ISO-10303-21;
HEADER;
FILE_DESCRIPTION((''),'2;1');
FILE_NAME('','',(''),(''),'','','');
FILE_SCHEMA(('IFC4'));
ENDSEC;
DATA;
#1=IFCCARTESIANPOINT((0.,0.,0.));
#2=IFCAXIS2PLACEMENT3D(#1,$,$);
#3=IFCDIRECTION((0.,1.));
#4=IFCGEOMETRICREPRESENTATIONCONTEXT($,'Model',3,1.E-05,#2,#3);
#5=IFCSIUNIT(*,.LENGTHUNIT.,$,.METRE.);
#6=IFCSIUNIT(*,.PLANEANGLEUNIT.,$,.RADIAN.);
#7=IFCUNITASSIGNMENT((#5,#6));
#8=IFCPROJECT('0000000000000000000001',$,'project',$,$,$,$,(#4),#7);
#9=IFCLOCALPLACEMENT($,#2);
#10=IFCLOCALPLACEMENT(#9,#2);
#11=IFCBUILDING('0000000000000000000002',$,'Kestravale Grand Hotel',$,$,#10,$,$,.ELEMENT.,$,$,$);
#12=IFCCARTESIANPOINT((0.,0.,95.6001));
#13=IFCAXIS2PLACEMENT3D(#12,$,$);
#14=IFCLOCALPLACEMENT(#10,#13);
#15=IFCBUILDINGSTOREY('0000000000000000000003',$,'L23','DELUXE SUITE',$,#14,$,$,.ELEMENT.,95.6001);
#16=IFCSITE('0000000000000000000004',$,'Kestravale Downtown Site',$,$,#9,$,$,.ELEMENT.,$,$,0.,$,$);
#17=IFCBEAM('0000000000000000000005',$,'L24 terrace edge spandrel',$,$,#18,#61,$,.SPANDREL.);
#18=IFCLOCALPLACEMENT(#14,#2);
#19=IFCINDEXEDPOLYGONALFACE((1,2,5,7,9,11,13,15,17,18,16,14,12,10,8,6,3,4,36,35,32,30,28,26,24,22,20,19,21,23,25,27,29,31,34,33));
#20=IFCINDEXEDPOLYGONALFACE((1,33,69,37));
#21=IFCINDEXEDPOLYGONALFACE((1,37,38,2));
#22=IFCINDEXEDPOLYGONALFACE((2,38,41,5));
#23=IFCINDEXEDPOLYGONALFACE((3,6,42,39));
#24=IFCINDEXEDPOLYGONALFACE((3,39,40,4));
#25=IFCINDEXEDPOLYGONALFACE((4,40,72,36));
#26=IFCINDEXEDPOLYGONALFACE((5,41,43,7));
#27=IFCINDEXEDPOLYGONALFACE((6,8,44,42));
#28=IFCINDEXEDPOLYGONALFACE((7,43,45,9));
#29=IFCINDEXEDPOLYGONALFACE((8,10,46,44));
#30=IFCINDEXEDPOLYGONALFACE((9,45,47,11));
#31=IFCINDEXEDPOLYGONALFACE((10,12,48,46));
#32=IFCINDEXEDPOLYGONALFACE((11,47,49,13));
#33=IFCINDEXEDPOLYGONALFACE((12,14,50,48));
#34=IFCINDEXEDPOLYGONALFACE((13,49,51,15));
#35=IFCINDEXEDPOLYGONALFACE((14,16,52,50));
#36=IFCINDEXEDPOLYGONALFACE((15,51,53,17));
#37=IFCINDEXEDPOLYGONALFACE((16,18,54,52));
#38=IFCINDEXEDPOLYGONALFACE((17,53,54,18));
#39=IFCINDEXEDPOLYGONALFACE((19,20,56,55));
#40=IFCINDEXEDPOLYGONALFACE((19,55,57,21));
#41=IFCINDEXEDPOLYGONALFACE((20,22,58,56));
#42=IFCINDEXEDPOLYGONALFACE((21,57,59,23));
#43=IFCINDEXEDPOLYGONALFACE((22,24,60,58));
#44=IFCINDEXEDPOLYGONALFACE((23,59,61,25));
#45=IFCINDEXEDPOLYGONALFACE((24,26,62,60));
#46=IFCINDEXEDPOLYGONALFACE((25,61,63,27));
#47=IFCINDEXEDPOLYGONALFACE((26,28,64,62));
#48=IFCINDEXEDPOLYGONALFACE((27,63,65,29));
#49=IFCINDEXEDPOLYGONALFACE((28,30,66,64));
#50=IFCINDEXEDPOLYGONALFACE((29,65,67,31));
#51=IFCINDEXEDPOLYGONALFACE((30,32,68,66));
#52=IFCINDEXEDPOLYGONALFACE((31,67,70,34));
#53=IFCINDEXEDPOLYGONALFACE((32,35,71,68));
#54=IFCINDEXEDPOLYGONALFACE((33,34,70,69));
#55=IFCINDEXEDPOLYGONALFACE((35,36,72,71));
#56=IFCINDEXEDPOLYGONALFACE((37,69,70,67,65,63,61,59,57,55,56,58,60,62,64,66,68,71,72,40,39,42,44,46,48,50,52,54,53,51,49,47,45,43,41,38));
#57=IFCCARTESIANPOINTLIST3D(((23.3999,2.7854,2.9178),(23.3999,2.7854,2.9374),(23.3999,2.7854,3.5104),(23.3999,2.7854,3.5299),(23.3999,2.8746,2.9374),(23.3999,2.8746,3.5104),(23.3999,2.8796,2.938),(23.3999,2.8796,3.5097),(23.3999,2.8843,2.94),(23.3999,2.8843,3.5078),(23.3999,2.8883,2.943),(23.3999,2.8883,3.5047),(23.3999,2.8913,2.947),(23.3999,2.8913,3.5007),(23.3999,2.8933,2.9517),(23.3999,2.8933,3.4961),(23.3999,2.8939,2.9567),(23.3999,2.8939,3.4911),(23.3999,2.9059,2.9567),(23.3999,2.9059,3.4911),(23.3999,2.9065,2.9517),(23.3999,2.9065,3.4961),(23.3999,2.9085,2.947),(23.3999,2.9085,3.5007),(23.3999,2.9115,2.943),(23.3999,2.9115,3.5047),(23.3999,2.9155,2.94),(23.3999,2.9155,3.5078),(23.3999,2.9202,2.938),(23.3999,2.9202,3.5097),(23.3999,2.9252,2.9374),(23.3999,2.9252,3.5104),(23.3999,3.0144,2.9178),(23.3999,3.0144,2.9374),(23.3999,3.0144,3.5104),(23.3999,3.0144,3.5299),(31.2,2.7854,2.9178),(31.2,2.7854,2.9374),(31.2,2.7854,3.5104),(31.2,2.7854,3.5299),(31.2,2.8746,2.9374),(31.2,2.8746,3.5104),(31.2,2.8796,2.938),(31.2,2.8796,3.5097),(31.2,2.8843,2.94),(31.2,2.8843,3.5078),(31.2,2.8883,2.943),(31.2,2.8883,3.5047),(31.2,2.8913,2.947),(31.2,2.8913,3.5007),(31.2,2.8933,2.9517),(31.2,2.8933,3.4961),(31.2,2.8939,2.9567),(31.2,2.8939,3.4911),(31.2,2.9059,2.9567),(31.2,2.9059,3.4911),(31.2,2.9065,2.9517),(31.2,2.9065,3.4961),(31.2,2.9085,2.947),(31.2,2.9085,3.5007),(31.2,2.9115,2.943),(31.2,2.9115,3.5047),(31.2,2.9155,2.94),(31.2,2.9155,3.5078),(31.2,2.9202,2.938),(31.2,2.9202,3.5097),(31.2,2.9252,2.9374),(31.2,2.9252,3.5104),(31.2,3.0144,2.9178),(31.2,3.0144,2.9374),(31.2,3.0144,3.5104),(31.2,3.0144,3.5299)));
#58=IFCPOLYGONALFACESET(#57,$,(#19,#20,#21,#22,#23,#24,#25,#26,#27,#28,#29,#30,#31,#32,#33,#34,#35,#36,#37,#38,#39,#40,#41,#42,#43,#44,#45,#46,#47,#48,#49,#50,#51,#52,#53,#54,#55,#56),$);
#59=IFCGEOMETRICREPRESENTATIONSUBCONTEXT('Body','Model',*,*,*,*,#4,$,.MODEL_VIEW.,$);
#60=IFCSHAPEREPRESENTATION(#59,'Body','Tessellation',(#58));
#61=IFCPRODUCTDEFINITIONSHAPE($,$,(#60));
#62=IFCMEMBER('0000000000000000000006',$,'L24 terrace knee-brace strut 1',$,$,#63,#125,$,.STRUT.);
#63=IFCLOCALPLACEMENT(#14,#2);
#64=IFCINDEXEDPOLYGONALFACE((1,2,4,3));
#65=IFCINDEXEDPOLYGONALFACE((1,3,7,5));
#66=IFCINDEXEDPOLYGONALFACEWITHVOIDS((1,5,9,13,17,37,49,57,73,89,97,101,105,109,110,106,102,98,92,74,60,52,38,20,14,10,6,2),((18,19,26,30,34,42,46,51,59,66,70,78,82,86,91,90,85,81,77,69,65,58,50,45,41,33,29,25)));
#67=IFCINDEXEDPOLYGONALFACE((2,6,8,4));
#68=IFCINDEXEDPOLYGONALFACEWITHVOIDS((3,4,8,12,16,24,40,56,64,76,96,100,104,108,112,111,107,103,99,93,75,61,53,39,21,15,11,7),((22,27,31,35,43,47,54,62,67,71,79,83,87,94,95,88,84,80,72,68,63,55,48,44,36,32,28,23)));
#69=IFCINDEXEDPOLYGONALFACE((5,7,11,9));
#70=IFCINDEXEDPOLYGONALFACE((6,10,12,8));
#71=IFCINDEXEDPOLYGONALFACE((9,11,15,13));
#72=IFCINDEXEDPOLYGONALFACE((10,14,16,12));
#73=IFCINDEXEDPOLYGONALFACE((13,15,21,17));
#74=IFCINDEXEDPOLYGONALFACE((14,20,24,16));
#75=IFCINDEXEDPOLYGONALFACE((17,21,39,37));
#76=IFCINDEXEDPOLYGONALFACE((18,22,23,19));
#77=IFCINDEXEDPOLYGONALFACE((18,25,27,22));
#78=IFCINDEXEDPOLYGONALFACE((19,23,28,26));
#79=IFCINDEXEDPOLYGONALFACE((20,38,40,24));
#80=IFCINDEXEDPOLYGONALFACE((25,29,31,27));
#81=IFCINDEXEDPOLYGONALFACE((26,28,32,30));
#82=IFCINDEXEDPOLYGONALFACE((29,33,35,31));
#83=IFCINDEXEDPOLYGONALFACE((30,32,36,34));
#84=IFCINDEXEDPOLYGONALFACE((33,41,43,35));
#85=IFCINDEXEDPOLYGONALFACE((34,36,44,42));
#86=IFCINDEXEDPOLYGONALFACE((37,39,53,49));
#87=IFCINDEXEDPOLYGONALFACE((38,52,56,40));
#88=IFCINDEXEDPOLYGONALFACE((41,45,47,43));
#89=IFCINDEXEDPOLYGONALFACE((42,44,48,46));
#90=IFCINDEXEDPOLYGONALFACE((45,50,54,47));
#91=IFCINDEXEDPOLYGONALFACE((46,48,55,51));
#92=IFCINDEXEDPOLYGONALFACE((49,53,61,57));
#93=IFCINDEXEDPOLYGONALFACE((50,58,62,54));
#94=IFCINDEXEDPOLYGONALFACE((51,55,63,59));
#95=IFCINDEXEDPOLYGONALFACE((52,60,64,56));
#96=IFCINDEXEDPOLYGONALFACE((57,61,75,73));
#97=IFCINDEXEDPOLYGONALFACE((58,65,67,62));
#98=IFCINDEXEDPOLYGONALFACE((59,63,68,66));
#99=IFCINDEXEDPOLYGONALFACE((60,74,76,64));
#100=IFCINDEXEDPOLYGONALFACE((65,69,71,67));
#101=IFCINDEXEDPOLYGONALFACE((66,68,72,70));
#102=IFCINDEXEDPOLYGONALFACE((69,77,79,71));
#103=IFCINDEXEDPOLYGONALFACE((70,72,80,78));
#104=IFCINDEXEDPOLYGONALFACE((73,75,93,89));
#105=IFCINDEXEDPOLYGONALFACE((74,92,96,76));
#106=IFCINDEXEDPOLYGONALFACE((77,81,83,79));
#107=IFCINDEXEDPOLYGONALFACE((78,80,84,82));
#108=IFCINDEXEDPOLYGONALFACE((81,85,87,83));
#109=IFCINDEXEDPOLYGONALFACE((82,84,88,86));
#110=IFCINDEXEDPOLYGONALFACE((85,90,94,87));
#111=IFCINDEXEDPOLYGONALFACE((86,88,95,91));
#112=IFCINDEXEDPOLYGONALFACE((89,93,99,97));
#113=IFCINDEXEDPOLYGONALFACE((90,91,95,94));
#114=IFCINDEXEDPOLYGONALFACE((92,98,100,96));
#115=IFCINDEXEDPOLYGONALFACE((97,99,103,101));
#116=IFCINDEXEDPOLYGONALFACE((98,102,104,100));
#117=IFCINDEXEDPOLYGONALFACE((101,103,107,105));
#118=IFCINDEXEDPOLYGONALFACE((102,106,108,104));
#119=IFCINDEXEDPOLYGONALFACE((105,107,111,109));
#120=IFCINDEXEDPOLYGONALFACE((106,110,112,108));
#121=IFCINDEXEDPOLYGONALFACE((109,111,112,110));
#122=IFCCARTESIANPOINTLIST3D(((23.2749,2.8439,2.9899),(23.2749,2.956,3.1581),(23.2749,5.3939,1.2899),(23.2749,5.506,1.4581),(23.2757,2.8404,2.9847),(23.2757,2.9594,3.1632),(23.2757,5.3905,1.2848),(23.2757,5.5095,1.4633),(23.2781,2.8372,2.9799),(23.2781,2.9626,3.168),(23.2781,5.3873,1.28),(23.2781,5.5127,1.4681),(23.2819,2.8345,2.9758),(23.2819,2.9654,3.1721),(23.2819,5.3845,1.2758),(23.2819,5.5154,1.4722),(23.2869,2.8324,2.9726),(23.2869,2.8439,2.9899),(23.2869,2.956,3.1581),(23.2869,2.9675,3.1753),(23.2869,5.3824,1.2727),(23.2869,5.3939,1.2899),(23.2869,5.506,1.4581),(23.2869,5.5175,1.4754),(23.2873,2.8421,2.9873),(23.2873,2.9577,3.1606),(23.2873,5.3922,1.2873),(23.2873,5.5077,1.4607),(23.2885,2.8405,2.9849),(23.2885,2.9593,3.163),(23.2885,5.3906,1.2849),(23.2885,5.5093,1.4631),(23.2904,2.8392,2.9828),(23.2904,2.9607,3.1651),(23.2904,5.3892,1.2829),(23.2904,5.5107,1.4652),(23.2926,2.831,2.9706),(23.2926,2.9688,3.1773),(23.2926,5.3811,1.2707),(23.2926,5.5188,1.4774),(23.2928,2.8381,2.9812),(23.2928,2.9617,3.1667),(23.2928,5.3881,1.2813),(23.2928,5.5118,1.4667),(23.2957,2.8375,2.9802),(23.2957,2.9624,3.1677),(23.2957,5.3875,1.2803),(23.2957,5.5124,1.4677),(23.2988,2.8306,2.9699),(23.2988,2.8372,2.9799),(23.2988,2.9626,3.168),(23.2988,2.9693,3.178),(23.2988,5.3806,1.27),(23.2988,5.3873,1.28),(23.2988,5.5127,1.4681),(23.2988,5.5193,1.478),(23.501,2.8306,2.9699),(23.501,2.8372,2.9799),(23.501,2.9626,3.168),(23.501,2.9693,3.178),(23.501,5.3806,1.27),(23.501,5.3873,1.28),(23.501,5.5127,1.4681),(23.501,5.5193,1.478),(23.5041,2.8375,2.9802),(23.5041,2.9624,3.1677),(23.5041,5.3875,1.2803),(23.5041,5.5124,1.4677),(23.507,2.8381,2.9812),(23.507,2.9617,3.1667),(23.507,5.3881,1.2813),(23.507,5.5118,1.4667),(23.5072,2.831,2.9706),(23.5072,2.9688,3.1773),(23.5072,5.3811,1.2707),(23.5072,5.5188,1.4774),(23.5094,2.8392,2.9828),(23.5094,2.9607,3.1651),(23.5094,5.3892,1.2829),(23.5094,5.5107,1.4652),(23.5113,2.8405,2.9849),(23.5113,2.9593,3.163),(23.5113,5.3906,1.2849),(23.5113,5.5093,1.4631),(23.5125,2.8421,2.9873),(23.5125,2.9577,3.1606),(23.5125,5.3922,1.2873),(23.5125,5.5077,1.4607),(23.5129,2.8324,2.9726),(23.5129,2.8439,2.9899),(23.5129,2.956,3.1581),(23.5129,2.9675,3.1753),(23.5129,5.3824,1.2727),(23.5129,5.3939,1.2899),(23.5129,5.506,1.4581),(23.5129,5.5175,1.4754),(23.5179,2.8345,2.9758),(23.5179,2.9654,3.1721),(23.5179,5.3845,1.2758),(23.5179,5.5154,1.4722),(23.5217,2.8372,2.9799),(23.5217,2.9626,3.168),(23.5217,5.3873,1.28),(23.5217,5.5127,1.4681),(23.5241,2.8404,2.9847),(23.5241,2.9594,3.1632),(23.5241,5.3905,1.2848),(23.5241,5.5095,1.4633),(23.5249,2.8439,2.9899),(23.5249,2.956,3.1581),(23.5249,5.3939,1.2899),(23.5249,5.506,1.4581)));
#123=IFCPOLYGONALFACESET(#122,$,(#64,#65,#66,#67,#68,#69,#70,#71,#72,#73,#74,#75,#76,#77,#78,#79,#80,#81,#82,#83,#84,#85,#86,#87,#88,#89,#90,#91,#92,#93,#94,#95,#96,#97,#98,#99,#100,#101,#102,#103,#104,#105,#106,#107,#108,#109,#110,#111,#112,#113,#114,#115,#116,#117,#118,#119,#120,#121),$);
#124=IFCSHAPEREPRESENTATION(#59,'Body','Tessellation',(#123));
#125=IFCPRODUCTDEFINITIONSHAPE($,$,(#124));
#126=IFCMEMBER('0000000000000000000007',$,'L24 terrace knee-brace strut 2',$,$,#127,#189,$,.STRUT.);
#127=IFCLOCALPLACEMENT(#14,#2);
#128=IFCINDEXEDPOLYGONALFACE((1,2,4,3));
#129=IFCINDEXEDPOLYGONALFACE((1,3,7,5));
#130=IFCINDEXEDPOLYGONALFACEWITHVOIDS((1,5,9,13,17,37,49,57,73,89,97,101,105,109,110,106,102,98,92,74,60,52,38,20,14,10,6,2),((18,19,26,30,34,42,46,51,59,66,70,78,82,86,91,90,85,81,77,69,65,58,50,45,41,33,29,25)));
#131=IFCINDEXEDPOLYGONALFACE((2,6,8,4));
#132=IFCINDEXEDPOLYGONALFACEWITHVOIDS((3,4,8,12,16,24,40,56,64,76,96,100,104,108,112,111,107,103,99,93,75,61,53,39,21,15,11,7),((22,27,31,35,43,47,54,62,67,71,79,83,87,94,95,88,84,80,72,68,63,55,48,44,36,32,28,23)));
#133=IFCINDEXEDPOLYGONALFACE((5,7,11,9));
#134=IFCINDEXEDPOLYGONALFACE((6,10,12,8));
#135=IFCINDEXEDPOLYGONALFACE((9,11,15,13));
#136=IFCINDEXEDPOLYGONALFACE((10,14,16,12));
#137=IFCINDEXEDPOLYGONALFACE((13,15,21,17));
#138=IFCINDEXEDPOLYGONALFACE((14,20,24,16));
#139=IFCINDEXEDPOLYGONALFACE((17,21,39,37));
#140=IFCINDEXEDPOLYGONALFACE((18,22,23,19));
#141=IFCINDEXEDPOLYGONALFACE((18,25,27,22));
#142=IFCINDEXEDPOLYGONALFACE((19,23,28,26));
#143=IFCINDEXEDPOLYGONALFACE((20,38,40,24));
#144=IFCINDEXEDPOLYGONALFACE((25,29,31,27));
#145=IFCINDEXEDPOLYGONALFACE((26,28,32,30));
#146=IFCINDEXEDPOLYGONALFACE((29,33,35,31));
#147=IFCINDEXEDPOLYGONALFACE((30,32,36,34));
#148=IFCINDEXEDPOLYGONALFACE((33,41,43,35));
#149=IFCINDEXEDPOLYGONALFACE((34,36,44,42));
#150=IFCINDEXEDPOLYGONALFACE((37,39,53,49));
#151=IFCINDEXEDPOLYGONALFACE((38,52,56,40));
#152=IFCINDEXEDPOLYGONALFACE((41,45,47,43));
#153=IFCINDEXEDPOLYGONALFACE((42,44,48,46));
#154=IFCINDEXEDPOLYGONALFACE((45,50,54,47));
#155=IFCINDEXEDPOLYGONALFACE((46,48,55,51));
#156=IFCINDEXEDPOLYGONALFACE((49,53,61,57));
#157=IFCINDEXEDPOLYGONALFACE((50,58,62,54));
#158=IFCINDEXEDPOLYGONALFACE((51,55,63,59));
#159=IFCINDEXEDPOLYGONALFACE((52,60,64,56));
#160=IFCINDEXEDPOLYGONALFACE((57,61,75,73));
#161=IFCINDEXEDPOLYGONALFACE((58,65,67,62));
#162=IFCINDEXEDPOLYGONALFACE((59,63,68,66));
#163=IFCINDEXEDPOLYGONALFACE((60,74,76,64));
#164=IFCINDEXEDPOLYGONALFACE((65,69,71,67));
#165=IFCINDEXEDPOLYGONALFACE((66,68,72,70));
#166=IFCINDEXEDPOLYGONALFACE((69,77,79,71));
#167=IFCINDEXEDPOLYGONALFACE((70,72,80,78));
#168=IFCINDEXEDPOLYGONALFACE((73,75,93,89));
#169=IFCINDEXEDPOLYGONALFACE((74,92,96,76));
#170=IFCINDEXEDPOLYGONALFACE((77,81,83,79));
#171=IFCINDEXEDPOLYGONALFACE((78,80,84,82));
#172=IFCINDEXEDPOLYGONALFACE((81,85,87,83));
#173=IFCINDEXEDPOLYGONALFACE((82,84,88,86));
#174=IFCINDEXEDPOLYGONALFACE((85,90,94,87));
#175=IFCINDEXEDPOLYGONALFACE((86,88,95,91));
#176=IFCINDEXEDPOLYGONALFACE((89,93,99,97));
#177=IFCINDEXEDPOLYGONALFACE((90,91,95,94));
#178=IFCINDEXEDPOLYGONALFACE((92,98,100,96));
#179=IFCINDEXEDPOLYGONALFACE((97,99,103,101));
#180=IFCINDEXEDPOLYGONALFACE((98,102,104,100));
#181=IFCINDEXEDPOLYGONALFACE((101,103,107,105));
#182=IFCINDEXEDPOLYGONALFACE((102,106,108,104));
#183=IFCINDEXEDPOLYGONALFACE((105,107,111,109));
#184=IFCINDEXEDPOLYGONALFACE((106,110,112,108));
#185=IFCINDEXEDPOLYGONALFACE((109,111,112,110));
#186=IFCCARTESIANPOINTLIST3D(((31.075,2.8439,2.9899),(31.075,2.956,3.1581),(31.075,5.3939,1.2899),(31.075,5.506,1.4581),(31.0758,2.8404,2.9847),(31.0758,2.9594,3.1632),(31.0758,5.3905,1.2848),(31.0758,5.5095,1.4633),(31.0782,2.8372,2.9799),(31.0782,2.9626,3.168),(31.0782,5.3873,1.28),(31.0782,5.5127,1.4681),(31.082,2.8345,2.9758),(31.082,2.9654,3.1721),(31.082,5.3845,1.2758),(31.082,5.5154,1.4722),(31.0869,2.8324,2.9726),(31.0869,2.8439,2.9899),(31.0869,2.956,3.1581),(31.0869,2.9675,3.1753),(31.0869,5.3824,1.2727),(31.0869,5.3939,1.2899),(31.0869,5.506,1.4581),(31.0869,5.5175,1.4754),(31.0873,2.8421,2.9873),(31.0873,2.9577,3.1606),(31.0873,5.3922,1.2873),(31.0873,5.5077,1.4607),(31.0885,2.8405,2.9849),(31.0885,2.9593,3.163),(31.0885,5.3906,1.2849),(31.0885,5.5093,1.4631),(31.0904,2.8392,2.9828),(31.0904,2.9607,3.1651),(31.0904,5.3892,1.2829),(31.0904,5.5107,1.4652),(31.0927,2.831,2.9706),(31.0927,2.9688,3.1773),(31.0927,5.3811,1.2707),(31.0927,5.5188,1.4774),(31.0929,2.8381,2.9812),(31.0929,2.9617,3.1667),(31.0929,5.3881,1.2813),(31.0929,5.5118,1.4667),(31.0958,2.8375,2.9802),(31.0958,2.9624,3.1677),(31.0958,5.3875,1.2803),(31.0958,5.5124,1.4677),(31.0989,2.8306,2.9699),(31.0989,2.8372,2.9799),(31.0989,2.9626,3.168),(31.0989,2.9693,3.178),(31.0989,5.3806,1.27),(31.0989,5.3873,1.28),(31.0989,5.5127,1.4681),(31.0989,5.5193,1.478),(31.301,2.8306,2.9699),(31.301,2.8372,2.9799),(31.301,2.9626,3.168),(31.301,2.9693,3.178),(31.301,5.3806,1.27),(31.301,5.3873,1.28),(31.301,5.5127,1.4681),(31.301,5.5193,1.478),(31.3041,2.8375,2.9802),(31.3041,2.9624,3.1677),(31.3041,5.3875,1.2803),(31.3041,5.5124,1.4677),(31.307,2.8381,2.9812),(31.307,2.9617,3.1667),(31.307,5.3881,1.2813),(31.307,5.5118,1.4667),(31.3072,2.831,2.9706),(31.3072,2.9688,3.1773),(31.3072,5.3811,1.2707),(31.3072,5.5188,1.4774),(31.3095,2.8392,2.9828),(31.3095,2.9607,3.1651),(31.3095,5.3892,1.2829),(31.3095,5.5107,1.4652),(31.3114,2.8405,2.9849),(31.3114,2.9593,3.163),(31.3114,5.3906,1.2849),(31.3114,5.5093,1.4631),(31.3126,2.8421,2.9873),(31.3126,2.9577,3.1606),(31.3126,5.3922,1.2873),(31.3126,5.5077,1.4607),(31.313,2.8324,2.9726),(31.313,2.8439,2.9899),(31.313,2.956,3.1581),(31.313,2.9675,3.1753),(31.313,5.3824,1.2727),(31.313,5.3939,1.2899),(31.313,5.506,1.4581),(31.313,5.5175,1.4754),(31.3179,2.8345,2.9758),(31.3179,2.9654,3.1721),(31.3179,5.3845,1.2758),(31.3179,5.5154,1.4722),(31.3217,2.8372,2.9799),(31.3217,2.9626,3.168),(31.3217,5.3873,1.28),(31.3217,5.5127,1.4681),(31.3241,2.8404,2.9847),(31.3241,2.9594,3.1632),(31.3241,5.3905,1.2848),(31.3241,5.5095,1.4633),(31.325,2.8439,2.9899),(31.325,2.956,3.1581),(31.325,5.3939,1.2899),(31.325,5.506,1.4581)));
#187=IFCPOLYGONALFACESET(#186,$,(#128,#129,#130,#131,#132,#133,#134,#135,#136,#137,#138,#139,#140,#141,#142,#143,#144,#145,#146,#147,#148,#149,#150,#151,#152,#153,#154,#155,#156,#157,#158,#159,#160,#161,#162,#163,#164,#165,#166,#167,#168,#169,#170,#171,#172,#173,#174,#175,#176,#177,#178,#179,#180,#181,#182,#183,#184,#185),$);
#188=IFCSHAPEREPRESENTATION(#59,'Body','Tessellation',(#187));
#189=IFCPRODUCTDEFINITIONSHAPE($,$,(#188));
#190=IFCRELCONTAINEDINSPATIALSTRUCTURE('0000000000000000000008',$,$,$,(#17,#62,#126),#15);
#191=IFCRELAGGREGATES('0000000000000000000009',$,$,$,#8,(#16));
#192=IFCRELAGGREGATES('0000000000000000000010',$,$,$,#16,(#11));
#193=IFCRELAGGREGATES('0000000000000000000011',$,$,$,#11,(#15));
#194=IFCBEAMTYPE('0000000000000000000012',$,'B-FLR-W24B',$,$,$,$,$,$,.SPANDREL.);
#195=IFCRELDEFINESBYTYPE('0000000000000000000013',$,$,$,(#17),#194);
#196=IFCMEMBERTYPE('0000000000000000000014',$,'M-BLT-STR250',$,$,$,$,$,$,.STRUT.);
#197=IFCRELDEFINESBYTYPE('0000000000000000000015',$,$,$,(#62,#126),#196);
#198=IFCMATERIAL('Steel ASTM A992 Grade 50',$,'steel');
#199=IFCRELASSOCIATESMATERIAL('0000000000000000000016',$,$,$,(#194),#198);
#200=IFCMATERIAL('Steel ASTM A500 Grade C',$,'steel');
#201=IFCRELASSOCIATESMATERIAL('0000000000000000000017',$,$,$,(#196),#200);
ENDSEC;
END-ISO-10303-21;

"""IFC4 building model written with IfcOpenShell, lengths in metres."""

from ifc_helpers import new_model, si_unit, direction, frame, origin, origin_2d, place, context, subcontext, project, spatial, hollow_rectangle, i_section, extrude, material, material_profile, profile_set, type_object, element, save


model = new_model("IFC4")

# Units and contexts
model_context = context("Model", 3, precision=1e-05, world=origin(), true_north=direction((0.0, 1.0)))
body_context = subcontext(model_context, "Body", "Model", "MODEL_VIEW")
ifc_project = project(units=[si_unit("LENGTHUNIT", "METRE"), si_unit("PLANEANGLEUNIT", "RADIAN")], contexts=[model_context])

# Site, building, storey
site_placement = place(None, origin())
site = spatial("IfcSite", under=ifc_project, at=site_placement, Name="Kestravale Downtown Site", CompositionType="ELEMENT", RefElevation=0.0)
building_placement = place(site_placement, origin())
building = spatial("IfcBuilding", under=site, at=building_placement, Name="Kestravale Grand Hotel", CompositionType="ELEMENT")
storey_placement = place(building_placement, frame((0.0, 0.0, 95.6001)))
storey = spatial("IfcBuildingStorey", under=building, at=storey_placement, Name="L23", Description="DELUXE SUITE", CompositionType="ELEMENT", Elevation=95.6001)

# Beam
ifc_material_1 = material(Name="Steel ASTM A992 Grade 50", Category="steel")
ifc_material_profile_1 = material_profile(ifc_material_1, i_section(OverallWidth=0.229, OverallDepth=0.6121, WebThickness=0.012, FlangeThickness=0.0195, FilletRadius=0.0193, at=origin_2d()))
ifc_profile_set_1 = profile_set([ifc_material_profile_1], Name="Steel ASTM A992 Grade 50")
beam_type_1 = type_object("IfcBeamType", Name="B-FLR-W24B", PredefinedType="SPANDREL", material=ifc_profile_set_1)
beam_1_placement = place(storey_placement, frame((23.3999, 2.8999, 3.2239), z_axis=(1.0, 0.0, 0.0), x_axis=(0.0, 1.0, 0.0)))
element("IfcBeam", 1, at=beam_1_placement, inside=storey, type_object=beam_type_1, Name="L24 terrace edge spandrel", PredefinedType="SPANDREL", context=body_context, shape_type="SweptSolid", body=[
    extrude(i_section(OverallWidth=0.229, OverallDepth=0.6121, WebThickness=0.012, FlangeThickness=0.0195, FilletRadius=0.0193, at=origin_2d()), origin(), (0.0, 0.0, 1.0), 7.8),
])

# Members
ifc_material_2 = material(Name="Steel ASTM A500 Grade C", Category="steel")
ifc_material_profile_2 = material_profile(ifc_material_2, hollow_rectangle(XDim=0.25, YDim=0.25, WallThickness=0.012, InnerFilletRadius=0.012, OuterFilletRadius=0.0239, at=origin_2d()))
ifc_profile_set_2 = profile_set([ifc_material_profile_2], Name="Steel ASTM A500 Grade C")
member_type = type_object("IfcMemberType", Name="M-BLT-STR250", PredefinedType="STRUT", material=ifc_profile_set_2)
for number, where, z_axis, x_axis, name in (
    (2, (23.3999, 5.45, 1.374), (0.0, -0.832063, 0.554682), (1.0, 0.0, 0.0), "L24 terrace knee-brace strut 1"),
    (3, (31.2, 5.45, 1.374), (0.0, -0.832063, 0.554682), (1.0, 0.0, 0.0), "L24 terrace knee-brace strut 2"),
):
    element("IfcMember", number, at=place(storey_placement, frame(where, z_axis=z_axis, x_axis=x_axis)), inside=storey, type_object=member_type, Name=name, PredefinedType="STRUT", context=body_context, shape_type="SweptSolid", body=[
        extrude(hollow_rectangle(XDim=0.25, YDim=0.25, WallThickness=0.012, InnerFilletRadius=0.012, OuterFilletRadius=0.0239, at=origin_2d()), origin(), (0.0, 0.0, 1.0), 3.0647),
    ])

save(model, "model.ifc")
